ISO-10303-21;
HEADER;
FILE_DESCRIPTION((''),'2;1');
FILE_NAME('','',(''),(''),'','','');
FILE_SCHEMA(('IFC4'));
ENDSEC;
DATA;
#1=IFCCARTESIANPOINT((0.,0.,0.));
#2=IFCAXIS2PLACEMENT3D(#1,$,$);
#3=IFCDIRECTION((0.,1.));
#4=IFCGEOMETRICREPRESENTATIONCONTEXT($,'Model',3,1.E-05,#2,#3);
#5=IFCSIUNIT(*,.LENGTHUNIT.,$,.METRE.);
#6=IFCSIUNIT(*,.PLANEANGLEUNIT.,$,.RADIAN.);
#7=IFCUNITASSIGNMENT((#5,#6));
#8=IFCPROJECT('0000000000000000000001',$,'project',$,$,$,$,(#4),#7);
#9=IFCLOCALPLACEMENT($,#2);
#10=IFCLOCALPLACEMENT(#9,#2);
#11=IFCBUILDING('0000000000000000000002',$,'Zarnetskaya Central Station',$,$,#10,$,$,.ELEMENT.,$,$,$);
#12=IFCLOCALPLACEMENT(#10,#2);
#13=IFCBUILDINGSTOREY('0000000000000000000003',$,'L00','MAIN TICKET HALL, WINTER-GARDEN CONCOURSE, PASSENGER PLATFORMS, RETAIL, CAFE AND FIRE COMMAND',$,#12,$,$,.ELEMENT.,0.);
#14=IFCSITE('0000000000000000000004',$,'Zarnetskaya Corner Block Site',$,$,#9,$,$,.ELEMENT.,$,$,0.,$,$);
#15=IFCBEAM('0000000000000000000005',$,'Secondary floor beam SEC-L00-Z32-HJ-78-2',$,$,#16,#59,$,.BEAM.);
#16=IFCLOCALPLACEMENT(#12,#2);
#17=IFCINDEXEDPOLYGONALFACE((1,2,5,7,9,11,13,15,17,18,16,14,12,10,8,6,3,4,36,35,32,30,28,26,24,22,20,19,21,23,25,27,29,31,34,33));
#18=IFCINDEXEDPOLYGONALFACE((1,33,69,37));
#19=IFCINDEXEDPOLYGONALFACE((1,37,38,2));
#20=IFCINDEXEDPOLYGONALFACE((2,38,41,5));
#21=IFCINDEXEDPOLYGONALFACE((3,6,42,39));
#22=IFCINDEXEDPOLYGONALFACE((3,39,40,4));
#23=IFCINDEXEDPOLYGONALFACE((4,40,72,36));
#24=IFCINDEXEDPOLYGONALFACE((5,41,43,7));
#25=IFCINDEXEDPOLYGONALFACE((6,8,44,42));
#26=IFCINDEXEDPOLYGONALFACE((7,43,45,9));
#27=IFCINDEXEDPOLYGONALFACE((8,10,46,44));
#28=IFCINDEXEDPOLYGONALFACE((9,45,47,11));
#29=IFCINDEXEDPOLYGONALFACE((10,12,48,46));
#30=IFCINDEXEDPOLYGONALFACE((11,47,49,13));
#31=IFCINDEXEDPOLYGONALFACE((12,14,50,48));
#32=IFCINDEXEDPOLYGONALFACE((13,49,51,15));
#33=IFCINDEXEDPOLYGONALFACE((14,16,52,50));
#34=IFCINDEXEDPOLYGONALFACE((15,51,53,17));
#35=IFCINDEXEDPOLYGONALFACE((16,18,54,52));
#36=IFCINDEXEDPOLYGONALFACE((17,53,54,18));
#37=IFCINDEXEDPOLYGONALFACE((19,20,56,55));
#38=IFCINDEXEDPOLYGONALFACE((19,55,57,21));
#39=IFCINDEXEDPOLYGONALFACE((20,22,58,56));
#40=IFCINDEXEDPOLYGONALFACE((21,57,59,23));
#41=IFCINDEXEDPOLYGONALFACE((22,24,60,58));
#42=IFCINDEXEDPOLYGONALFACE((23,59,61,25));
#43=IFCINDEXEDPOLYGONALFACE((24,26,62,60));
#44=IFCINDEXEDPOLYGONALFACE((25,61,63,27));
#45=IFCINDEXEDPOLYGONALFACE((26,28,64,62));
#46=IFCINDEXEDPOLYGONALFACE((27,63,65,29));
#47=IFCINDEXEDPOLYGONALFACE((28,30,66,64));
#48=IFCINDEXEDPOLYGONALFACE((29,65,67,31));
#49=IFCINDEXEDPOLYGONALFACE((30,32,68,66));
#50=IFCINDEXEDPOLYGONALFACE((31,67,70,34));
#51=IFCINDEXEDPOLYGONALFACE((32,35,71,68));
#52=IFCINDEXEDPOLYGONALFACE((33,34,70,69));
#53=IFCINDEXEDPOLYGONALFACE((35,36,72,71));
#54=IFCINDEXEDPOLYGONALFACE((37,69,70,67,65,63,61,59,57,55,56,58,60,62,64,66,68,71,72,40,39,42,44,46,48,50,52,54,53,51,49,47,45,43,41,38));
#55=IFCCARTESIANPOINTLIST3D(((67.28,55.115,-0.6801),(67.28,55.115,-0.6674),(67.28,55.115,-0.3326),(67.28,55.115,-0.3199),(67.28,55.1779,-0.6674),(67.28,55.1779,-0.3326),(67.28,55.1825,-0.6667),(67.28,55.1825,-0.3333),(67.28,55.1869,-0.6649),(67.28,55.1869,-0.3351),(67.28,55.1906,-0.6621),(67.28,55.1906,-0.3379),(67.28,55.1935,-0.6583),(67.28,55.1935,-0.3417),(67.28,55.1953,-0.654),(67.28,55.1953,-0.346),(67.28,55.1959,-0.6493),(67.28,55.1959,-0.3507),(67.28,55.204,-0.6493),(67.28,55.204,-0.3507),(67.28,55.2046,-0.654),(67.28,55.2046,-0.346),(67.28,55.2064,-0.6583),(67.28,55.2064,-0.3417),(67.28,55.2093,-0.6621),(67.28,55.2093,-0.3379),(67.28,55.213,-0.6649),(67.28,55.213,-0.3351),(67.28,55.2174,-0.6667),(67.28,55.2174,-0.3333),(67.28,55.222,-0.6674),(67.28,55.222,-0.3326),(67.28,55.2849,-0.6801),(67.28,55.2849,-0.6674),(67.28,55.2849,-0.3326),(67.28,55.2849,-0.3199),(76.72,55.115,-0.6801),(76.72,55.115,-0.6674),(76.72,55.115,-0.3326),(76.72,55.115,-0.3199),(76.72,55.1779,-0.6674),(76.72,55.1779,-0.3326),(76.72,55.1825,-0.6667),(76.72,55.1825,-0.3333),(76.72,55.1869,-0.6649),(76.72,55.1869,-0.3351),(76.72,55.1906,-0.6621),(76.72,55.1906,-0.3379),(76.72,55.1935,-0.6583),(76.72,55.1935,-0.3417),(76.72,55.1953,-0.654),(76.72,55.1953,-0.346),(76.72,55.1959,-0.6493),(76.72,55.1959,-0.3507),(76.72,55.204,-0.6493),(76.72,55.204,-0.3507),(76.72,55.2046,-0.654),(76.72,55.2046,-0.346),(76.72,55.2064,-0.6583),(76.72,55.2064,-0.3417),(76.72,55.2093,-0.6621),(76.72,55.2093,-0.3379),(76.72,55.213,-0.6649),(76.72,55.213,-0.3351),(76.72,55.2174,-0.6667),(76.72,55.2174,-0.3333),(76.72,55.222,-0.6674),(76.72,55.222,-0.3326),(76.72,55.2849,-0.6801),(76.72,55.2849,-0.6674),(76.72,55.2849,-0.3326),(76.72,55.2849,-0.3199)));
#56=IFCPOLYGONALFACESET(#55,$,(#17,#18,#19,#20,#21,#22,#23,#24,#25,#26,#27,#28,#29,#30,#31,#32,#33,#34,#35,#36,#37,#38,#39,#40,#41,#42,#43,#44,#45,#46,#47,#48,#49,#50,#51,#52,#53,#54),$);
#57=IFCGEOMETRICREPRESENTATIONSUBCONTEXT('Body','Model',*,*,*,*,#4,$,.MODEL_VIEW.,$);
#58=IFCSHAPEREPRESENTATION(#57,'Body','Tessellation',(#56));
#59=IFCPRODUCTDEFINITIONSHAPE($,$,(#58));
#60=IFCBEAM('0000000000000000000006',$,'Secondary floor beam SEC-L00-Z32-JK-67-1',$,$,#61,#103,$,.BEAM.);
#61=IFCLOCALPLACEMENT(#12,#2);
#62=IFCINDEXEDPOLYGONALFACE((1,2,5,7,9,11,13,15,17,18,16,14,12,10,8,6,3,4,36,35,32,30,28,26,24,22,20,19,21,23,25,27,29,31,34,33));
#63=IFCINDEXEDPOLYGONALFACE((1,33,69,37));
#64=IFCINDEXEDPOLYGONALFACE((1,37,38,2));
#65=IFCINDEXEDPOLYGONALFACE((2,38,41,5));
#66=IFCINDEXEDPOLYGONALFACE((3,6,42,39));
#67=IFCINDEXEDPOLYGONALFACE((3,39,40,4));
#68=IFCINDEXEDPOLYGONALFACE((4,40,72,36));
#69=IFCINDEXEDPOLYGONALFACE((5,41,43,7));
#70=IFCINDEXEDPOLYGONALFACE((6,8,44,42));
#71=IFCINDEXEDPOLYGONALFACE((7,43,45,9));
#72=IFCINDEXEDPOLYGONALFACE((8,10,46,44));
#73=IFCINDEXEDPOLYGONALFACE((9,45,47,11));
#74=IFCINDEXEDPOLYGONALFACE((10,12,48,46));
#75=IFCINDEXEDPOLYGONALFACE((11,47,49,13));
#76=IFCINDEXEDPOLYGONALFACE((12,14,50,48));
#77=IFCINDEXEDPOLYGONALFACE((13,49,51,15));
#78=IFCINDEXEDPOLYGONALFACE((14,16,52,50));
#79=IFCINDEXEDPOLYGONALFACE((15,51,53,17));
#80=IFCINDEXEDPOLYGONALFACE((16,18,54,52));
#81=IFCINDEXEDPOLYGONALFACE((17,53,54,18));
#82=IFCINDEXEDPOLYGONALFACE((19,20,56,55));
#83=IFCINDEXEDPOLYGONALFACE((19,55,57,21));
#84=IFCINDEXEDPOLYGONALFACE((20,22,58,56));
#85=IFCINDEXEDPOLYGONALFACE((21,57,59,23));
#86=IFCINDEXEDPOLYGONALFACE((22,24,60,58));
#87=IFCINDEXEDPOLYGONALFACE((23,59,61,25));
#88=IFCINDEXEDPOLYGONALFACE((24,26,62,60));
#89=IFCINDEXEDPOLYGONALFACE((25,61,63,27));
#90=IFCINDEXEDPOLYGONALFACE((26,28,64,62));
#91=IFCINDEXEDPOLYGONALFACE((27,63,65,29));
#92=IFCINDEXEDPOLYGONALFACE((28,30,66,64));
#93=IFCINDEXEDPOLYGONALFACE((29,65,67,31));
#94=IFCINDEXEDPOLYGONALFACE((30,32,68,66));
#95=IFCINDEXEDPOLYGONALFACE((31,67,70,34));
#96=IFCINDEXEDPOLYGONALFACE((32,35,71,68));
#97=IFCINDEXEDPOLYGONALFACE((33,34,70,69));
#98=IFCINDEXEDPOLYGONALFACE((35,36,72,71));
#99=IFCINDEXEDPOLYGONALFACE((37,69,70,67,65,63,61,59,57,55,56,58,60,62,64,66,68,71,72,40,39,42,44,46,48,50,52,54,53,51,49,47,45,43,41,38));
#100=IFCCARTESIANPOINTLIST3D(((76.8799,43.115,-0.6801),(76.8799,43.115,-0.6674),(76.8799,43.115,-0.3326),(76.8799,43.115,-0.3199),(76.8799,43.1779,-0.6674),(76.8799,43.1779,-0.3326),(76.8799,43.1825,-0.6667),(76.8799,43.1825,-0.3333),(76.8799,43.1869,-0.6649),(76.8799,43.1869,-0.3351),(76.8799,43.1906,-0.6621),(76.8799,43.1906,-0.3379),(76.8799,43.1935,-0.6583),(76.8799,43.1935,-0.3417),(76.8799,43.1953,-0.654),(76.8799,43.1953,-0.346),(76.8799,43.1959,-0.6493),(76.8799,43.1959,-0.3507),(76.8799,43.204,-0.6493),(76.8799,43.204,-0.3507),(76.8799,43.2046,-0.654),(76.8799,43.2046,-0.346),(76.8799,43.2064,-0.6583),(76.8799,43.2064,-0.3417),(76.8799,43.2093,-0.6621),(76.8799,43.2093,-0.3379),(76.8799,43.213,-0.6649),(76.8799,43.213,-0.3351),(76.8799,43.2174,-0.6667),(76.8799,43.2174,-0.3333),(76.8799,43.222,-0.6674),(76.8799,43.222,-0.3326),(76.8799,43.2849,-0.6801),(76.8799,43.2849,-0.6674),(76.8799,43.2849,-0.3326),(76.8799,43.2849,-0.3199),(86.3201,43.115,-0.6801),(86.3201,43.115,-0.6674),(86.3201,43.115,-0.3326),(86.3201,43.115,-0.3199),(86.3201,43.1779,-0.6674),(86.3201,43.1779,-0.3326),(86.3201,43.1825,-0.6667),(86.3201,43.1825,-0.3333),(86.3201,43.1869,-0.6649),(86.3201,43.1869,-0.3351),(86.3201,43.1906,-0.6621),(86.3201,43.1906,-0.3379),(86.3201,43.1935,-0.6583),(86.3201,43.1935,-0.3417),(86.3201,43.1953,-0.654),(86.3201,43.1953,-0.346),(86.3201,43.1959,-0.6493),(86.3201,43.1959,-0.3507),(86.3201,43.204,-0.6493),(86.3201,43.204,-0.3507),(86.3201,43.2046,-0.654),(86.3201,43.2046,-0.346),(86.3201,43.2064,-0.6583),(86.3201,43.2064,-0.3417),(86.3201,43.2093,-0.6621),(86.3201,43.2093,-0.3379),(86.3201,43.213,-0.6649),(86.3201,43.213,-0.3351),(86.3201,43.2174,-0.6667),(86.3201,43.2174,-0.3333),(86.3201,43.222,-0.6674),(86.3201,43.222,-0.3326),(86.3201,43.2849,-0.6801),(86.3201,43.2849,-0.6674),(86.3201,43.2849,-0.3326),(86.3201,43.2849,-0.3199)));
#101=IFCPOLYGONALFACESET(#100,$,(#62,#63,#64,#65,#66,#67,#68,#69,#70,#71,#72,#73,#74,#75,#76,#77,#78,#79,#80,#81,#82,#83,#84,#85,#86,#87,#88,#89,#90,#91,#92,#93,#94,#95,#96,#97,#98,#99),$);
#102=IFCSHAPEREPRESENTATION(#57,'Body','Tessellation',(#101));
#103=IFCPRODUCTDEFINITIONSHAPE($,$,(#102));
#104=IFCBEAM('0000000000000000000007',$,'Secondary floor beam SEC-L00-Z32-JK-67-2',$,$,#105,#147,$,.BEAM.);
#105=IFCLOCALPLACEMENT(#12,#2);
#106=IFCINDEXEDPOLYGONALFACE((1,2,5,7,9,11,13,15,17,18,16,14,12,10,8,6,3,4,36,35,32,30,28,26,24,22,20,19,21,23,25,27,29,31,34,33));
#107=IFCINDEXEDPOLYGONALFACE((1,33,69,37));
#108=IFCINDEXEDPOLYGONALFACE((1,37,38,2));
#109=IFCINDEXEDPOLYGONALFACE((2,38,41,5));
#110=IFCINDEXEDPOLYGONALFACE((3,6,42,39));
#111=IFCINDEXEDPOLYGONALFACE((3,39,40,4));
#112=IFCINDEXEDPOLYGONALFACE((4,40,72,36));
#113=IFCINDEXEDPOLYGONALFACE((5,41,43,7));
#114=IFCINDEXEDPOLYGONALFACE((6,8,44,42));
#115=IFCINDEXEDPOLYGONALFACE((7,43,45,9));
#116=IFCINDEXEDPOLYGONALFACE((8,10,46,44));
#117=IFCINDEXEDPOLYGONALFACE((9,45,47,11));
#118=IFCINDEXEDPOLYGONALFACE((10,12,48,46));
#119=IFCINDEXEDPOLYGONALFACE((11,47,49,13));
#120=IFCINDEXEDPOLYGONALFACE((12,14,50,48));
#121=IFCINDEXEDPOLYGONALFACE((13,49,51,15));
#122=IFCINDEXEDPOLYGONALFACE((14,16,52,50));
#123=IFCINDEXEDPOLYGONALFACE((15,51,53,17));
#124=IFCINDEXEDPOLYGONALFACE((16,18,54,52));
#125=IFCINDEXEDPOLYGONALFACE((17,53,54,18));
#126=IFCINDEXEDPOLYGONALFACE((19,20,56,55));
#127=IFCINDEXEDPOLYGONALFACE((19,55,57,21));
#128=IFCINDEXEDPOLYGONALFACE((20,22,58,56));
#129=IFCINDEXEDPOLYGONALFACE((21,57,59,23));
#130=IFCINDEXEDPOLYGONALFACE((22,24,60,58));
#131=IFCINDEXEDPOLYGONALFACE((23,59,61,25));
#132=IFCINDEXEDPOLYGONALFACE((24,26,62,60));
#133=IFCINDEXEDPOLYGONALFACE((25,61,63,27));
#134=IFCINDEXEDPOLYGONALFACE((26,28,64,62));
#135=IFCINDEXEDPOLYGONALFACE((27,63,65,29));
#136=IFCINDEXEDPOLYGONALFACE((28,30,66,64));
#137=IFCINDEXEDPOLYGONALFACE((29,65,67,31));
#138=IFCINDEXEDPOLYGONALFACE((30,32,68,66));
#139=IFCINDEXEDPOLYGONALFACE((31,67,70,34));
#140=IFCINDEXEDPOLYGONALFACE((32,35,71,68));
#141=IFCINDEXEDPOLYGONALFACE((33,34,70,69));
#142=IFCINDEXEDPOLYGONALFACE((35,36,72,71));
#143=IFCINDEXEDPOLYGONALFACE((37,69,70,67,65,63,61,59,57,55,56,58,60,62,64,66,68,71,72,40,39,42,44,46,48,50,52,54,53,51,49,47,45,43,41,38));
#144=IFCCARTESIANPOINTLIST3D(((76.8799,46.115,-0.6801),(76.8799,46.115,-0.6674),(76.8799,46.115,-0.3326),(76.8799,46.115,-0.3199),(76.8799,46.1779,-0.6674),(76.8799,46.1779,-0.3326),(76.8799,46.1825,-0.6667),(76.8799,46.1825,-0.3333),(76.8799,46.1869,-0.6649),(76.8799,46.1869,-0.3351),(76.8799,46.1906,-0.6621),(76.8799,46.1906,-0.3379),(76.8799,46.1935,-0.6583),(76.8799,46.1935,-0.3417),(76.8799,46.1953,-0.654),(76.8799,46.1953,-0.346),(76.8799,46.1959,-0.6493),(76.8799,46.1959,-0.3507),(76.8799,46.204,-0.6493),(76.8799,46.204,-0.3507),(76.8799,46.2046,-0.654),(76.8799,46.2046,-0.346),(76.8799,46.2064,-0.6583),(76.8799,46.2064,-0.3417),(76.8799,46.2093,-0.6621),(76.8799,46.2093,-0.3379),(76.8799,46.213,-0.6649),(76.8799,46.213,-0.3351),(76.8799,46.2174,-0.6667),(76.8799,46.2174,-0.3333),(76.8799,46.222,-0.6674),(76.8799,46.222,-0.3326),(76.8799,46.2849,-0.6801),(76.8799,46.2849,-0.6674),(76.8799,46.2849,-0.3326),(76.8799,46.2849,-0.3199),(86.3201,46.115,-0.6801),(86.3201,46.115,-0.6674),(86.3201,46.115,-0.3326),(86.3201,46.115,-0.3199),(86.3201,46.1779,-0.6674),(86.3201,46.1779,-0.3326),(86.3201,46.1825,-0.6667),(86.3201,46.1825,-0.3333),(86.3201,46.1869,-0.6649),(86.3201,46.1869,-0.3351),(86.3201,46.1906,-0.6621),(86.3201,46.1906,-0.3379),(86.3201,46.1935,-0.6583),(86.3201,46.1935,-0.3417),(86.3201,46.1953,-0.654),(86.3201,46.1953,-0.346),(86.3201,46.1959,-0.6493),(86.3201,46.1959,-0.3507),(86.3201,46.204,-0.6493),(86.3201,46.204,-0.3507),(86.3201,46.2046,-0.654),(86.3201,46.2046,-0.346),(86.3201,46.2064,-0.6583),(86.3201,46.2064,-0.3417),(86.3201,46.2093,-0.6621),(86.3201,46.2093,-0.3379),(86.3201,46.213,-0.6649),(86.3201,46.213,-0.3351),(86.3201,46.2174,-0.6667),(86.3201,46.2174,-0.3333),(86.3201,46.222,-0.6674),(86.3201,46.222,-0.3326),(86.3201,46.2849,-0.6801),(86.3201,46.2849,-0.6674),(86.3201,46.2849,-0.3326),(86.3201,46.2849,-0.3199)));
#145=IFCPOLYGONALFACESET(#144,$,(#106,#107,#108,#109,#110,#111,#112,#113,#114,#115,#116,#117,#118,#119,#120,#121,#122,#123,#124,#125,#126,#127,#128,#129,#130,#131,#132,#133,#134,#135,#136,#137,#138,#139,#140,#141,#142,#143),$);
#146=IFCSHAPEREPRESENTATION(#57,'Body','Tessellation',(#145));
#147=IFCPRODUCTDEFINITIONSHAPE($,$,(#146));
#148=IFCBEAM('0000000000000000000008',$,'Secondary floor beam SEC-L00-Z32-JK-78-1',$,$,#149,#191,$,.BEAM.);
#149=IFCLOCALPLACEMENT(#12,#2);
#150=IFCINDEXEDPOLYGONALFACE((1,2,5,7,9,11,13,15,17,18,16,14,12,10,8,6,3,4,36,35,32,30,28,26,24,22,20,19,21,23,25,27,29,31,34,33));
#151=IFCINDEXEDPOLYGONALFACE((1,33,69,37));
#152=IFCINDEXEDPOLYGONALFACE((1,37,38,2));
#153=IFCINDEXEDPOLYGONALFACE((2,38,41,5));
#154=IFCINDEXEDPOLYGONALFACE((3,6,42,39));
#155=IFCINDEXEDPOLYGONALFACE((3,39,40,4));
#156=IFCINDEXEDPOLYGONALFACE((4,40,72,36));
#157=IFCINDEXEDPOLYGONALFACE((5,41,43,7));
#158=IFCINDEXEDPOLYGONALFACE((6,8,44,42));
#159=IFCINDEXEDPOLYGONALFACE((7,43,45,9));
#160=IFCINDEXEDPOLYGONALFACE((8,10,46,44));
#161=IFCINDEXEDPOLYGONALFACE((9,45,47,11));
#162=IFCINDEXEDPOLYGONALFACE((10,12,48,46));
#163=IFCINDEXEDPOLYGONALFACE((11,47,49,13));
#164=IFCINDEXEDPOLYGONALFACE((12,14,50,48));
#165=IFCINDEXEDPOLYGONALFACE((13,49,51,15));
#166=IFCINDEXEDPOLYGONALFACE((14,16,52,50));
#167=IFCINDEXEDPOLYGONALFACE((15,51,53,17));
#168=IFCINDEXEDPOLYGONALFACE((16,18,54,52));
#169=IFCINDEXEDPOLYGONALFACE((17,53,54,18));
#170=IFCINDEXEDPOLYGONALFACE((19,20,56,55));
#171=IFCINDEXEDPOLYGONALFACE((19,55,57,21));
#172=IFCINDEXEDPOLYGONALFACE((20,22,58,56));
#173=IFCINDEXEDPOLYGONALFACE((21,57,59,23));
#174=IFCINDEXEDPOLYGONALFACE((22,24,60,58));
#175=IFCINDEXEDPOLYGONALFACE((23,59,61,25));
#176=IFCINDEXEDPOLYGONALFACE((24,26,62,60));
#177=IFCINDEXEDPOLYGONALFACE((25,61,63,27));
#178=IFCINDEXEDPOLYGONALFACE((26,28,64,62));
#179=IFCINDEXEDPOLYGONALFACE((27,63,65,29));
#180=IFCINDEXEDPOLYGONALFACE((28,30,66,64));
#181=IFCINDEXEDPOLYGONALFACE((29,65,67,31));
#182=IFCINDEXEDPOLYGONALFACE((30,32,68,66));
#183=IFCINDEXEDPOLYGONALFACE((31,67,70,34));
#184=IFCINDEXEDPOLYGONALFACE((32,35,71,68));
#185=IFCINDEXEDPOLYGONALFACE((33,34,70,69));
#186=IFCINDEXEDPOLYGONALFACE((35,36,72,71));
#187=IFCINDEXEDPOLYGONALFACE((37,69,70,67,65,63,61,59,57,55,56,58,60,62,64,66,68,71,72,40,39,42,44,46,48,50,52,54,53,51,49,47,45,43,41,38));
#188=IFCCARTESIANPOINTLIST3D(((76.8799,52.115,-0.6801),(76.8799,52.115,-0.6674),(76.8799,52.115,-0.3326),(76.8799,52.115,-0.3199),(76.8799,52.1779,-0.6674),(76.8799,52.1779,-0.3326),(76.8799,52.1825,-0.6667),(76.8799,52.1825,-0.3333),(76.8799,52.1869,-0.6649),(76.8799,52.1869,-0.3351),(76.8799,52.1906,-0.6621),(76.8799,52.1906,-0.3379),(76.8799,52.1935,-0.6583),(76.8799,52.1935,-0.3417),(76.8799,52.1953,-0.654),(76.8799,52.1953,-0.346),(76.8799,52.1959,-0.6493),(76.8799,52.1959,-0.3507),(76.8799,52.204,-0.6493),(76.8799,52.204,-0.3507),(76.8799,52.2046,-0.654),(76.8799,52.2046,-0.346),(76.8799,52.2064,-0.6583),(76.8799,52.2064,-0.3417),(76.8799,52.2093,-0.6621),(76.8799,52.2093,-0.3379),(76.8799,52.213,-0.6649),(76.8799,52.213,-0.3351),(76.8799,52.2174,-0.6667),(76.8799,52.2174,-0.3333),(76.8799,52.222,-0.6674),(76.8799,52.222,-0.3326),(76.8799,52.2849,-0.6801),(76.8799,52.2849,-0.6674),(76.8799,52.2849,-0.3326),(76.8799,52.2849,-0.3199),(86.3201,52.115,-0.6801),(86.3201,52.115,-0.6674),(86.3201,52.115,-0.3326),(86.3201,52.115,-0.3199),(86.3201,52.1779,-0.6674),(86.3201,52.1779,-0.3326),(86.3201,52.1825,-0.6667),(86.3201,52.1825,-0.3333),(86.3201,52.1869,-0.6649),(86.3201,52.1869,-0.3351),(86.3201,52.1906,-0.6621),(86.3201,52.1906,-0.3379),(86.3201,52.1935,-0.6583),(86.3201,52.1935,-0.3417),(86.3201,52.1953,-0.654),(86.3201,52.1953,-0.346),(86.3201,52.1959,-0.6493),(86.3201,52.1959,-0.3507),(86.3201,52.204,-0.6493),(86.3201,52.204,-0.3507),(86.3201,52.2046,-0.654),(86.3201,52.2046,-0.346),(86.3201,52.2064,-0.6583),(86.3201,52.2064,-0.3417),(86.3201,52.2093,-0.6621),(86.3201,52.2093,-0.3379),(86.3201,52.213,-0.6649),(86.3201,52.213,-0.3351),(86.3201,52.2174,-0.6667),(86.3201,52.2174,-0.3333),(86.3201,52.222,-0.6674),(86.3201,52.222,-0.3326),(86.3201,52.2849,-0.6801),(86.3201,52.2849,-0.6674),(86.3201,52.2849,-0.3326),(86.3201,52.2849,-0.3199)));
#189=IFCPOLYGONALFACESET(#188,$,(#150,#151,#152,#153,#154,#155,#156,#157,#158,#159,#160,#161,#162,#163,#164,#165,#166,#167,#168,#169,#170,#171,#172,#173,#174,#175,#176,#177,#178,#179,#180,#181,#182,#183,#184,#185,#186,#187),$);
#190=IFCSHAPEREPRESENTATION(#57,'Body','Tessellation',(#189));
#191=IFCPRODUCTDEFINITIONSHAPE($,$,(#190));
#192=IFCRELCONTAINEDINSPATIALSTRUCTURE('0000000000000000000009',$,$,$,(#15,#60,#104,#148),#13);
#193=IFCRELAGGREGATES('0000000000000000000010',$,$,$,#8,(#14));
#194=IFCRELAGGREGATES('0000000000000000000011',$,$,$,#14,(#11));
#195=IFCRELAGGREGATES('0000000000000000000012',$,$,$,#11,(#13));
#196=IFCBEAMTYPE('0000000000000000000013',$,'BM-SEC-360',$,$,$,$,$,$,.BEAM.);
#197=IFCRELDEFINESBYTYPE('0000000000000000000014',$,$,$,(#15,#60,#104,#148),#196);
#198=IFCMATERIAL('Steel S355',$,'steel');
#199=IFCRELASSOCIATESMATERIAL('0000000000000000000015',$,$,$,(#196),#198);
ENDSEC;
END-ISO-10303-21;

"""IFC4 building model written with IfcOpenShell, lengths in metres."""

from ifc_helpers import new_model, si_unit, direction, frame, origin, origin_2d, place, context, subcontext, project, spatial, i_section, extrude, material, material_profile, profile_set, type_object, element, save


model = new_model("IFC4")

# Units and contexts
model_context = context("Model", 3, precision=1e-05, world=origin(), true_north=direction((0.0, 1.0)))
body_context = subcontext(model_context, "Body", "Model", "MODEL_VIEW")
ifc_project = project(units=[si_unit("LENGTHUNIT", "METRE"), si_unit("PLANEANGLEUNIT", "RADIAN")], contexts=[model_context])

# Site, building, storey
site_placement = place(None, origin())
site = spatial("IfcSite", under=ifc_project, at=site_placement, Name="Zarnetskaya Corner Block Site", CompositionType="ELEMENT", RefElevation=0.0)
building_placement = place(site_placement, origin())
building = spatial("IfcBuilding", under=site, at=building_placement, Name="Zarnetskaya Central Station", CompositionType="ELEMENT")
storey_placement = place(building_placement, origin())
storey = spatial("IfcBuildingStorey", under=building, at=storey_placement, Name="L00", Description="MAIN TICKET HALL, WINTER-GARDEN CONCOURSE, PASSENGER PLATFORMS, RETAIL, CAFE AND FIRE COMMAND", CompositionType="ELEMENT", Elevation=0.0)

# Shared definitions
ifc_material_1 = material(Name="Steel S355", Category="steel")

# Beams
ifc_material_profile_1 = material_profile(ifc_material_1, i_section(OverallWidth=0.1699, OverallDepth=0.3601, WebThickness=0.0081, FlangeThickness=0.0127, FilletRadius=0.0181, at=origin_2d()), Name="IPE 360")
ifc_profile_set_1 = profile_set([ifc_material_profile_1], Name="Steel S355")
beam_type_1 = type_object("IfcBeamType", Name="BM-SEC-360", PredefinedType="BEAM", material=ifc_profile_set_1)
for number, where, z_axis, x_axis, name in (
    (1, (67.28, 55.2, -0.5), (1.0, 0.0, 0.0), (0.0, 1.0, 0.0), "Secondary floor beam SEC-L00-Z32-HJ-78-2"),
):
    element("IfcBeam", number, at=place(storey_placement, frame(where, z_axis=z_axis, x_axis=x_axis)), inside=storey, type_object=beam_type_1, Name=name, PredefinedType="BEAM", context=body_context, shape_type="SweptSolid", body=[
        extrude(i_section(OverallWidth=0.1699, OverallDepth=0.3601, WebThickness=0.0081, FlangeThickness=0.0127, FilletRadius=0.0181, at=origin_2d()), origin(), (0.0, 0.0, 1.0), 9.4399),
    ])
for number, where, z_axis, x_axis, name in (
    (2, (76.8799, 43.2, -0.5), (1.0, 0.0, 0.0), (0.0, 1.0, 0.0), "Secondary floor beam SEC-L00-Z32-JK-67-1"),
    (3, (76.8799, 46.2, -0.5), (1.0, 0.0, 0.0), (0.0, 1.0, 0.0), "Secondary floor beam SEC-L00-Z32-JK-67-2"),
    (4, (76.8799, 52.2, -0.5), (1.0, 0.0, 0.0), (0.0, 1.0, 0.0), "Secondary floor beam SEC-L00-Z32-JK-78-1"),
):
    element("IfcBeam", number, at=place(storey_placement, frame(where, z_axis=z_axis, x_axis=x_axis)), inside=storey, type_object=beam_type_1, Name=name, PredefinedType="BEAM", context=body_context, shape_type="SweptSolid", body=[
        extrude(i_section(OverallWidth=0.1699, OverallDepth=0.3601, WebThickness=0.0081, FlangeThickness=0.0127, FilletRadius=0.0181, at=origin_2d()), origin(), (0.0, 0.0, 1.0), 9.4402),
    ])

save(model, "model.ifc")
